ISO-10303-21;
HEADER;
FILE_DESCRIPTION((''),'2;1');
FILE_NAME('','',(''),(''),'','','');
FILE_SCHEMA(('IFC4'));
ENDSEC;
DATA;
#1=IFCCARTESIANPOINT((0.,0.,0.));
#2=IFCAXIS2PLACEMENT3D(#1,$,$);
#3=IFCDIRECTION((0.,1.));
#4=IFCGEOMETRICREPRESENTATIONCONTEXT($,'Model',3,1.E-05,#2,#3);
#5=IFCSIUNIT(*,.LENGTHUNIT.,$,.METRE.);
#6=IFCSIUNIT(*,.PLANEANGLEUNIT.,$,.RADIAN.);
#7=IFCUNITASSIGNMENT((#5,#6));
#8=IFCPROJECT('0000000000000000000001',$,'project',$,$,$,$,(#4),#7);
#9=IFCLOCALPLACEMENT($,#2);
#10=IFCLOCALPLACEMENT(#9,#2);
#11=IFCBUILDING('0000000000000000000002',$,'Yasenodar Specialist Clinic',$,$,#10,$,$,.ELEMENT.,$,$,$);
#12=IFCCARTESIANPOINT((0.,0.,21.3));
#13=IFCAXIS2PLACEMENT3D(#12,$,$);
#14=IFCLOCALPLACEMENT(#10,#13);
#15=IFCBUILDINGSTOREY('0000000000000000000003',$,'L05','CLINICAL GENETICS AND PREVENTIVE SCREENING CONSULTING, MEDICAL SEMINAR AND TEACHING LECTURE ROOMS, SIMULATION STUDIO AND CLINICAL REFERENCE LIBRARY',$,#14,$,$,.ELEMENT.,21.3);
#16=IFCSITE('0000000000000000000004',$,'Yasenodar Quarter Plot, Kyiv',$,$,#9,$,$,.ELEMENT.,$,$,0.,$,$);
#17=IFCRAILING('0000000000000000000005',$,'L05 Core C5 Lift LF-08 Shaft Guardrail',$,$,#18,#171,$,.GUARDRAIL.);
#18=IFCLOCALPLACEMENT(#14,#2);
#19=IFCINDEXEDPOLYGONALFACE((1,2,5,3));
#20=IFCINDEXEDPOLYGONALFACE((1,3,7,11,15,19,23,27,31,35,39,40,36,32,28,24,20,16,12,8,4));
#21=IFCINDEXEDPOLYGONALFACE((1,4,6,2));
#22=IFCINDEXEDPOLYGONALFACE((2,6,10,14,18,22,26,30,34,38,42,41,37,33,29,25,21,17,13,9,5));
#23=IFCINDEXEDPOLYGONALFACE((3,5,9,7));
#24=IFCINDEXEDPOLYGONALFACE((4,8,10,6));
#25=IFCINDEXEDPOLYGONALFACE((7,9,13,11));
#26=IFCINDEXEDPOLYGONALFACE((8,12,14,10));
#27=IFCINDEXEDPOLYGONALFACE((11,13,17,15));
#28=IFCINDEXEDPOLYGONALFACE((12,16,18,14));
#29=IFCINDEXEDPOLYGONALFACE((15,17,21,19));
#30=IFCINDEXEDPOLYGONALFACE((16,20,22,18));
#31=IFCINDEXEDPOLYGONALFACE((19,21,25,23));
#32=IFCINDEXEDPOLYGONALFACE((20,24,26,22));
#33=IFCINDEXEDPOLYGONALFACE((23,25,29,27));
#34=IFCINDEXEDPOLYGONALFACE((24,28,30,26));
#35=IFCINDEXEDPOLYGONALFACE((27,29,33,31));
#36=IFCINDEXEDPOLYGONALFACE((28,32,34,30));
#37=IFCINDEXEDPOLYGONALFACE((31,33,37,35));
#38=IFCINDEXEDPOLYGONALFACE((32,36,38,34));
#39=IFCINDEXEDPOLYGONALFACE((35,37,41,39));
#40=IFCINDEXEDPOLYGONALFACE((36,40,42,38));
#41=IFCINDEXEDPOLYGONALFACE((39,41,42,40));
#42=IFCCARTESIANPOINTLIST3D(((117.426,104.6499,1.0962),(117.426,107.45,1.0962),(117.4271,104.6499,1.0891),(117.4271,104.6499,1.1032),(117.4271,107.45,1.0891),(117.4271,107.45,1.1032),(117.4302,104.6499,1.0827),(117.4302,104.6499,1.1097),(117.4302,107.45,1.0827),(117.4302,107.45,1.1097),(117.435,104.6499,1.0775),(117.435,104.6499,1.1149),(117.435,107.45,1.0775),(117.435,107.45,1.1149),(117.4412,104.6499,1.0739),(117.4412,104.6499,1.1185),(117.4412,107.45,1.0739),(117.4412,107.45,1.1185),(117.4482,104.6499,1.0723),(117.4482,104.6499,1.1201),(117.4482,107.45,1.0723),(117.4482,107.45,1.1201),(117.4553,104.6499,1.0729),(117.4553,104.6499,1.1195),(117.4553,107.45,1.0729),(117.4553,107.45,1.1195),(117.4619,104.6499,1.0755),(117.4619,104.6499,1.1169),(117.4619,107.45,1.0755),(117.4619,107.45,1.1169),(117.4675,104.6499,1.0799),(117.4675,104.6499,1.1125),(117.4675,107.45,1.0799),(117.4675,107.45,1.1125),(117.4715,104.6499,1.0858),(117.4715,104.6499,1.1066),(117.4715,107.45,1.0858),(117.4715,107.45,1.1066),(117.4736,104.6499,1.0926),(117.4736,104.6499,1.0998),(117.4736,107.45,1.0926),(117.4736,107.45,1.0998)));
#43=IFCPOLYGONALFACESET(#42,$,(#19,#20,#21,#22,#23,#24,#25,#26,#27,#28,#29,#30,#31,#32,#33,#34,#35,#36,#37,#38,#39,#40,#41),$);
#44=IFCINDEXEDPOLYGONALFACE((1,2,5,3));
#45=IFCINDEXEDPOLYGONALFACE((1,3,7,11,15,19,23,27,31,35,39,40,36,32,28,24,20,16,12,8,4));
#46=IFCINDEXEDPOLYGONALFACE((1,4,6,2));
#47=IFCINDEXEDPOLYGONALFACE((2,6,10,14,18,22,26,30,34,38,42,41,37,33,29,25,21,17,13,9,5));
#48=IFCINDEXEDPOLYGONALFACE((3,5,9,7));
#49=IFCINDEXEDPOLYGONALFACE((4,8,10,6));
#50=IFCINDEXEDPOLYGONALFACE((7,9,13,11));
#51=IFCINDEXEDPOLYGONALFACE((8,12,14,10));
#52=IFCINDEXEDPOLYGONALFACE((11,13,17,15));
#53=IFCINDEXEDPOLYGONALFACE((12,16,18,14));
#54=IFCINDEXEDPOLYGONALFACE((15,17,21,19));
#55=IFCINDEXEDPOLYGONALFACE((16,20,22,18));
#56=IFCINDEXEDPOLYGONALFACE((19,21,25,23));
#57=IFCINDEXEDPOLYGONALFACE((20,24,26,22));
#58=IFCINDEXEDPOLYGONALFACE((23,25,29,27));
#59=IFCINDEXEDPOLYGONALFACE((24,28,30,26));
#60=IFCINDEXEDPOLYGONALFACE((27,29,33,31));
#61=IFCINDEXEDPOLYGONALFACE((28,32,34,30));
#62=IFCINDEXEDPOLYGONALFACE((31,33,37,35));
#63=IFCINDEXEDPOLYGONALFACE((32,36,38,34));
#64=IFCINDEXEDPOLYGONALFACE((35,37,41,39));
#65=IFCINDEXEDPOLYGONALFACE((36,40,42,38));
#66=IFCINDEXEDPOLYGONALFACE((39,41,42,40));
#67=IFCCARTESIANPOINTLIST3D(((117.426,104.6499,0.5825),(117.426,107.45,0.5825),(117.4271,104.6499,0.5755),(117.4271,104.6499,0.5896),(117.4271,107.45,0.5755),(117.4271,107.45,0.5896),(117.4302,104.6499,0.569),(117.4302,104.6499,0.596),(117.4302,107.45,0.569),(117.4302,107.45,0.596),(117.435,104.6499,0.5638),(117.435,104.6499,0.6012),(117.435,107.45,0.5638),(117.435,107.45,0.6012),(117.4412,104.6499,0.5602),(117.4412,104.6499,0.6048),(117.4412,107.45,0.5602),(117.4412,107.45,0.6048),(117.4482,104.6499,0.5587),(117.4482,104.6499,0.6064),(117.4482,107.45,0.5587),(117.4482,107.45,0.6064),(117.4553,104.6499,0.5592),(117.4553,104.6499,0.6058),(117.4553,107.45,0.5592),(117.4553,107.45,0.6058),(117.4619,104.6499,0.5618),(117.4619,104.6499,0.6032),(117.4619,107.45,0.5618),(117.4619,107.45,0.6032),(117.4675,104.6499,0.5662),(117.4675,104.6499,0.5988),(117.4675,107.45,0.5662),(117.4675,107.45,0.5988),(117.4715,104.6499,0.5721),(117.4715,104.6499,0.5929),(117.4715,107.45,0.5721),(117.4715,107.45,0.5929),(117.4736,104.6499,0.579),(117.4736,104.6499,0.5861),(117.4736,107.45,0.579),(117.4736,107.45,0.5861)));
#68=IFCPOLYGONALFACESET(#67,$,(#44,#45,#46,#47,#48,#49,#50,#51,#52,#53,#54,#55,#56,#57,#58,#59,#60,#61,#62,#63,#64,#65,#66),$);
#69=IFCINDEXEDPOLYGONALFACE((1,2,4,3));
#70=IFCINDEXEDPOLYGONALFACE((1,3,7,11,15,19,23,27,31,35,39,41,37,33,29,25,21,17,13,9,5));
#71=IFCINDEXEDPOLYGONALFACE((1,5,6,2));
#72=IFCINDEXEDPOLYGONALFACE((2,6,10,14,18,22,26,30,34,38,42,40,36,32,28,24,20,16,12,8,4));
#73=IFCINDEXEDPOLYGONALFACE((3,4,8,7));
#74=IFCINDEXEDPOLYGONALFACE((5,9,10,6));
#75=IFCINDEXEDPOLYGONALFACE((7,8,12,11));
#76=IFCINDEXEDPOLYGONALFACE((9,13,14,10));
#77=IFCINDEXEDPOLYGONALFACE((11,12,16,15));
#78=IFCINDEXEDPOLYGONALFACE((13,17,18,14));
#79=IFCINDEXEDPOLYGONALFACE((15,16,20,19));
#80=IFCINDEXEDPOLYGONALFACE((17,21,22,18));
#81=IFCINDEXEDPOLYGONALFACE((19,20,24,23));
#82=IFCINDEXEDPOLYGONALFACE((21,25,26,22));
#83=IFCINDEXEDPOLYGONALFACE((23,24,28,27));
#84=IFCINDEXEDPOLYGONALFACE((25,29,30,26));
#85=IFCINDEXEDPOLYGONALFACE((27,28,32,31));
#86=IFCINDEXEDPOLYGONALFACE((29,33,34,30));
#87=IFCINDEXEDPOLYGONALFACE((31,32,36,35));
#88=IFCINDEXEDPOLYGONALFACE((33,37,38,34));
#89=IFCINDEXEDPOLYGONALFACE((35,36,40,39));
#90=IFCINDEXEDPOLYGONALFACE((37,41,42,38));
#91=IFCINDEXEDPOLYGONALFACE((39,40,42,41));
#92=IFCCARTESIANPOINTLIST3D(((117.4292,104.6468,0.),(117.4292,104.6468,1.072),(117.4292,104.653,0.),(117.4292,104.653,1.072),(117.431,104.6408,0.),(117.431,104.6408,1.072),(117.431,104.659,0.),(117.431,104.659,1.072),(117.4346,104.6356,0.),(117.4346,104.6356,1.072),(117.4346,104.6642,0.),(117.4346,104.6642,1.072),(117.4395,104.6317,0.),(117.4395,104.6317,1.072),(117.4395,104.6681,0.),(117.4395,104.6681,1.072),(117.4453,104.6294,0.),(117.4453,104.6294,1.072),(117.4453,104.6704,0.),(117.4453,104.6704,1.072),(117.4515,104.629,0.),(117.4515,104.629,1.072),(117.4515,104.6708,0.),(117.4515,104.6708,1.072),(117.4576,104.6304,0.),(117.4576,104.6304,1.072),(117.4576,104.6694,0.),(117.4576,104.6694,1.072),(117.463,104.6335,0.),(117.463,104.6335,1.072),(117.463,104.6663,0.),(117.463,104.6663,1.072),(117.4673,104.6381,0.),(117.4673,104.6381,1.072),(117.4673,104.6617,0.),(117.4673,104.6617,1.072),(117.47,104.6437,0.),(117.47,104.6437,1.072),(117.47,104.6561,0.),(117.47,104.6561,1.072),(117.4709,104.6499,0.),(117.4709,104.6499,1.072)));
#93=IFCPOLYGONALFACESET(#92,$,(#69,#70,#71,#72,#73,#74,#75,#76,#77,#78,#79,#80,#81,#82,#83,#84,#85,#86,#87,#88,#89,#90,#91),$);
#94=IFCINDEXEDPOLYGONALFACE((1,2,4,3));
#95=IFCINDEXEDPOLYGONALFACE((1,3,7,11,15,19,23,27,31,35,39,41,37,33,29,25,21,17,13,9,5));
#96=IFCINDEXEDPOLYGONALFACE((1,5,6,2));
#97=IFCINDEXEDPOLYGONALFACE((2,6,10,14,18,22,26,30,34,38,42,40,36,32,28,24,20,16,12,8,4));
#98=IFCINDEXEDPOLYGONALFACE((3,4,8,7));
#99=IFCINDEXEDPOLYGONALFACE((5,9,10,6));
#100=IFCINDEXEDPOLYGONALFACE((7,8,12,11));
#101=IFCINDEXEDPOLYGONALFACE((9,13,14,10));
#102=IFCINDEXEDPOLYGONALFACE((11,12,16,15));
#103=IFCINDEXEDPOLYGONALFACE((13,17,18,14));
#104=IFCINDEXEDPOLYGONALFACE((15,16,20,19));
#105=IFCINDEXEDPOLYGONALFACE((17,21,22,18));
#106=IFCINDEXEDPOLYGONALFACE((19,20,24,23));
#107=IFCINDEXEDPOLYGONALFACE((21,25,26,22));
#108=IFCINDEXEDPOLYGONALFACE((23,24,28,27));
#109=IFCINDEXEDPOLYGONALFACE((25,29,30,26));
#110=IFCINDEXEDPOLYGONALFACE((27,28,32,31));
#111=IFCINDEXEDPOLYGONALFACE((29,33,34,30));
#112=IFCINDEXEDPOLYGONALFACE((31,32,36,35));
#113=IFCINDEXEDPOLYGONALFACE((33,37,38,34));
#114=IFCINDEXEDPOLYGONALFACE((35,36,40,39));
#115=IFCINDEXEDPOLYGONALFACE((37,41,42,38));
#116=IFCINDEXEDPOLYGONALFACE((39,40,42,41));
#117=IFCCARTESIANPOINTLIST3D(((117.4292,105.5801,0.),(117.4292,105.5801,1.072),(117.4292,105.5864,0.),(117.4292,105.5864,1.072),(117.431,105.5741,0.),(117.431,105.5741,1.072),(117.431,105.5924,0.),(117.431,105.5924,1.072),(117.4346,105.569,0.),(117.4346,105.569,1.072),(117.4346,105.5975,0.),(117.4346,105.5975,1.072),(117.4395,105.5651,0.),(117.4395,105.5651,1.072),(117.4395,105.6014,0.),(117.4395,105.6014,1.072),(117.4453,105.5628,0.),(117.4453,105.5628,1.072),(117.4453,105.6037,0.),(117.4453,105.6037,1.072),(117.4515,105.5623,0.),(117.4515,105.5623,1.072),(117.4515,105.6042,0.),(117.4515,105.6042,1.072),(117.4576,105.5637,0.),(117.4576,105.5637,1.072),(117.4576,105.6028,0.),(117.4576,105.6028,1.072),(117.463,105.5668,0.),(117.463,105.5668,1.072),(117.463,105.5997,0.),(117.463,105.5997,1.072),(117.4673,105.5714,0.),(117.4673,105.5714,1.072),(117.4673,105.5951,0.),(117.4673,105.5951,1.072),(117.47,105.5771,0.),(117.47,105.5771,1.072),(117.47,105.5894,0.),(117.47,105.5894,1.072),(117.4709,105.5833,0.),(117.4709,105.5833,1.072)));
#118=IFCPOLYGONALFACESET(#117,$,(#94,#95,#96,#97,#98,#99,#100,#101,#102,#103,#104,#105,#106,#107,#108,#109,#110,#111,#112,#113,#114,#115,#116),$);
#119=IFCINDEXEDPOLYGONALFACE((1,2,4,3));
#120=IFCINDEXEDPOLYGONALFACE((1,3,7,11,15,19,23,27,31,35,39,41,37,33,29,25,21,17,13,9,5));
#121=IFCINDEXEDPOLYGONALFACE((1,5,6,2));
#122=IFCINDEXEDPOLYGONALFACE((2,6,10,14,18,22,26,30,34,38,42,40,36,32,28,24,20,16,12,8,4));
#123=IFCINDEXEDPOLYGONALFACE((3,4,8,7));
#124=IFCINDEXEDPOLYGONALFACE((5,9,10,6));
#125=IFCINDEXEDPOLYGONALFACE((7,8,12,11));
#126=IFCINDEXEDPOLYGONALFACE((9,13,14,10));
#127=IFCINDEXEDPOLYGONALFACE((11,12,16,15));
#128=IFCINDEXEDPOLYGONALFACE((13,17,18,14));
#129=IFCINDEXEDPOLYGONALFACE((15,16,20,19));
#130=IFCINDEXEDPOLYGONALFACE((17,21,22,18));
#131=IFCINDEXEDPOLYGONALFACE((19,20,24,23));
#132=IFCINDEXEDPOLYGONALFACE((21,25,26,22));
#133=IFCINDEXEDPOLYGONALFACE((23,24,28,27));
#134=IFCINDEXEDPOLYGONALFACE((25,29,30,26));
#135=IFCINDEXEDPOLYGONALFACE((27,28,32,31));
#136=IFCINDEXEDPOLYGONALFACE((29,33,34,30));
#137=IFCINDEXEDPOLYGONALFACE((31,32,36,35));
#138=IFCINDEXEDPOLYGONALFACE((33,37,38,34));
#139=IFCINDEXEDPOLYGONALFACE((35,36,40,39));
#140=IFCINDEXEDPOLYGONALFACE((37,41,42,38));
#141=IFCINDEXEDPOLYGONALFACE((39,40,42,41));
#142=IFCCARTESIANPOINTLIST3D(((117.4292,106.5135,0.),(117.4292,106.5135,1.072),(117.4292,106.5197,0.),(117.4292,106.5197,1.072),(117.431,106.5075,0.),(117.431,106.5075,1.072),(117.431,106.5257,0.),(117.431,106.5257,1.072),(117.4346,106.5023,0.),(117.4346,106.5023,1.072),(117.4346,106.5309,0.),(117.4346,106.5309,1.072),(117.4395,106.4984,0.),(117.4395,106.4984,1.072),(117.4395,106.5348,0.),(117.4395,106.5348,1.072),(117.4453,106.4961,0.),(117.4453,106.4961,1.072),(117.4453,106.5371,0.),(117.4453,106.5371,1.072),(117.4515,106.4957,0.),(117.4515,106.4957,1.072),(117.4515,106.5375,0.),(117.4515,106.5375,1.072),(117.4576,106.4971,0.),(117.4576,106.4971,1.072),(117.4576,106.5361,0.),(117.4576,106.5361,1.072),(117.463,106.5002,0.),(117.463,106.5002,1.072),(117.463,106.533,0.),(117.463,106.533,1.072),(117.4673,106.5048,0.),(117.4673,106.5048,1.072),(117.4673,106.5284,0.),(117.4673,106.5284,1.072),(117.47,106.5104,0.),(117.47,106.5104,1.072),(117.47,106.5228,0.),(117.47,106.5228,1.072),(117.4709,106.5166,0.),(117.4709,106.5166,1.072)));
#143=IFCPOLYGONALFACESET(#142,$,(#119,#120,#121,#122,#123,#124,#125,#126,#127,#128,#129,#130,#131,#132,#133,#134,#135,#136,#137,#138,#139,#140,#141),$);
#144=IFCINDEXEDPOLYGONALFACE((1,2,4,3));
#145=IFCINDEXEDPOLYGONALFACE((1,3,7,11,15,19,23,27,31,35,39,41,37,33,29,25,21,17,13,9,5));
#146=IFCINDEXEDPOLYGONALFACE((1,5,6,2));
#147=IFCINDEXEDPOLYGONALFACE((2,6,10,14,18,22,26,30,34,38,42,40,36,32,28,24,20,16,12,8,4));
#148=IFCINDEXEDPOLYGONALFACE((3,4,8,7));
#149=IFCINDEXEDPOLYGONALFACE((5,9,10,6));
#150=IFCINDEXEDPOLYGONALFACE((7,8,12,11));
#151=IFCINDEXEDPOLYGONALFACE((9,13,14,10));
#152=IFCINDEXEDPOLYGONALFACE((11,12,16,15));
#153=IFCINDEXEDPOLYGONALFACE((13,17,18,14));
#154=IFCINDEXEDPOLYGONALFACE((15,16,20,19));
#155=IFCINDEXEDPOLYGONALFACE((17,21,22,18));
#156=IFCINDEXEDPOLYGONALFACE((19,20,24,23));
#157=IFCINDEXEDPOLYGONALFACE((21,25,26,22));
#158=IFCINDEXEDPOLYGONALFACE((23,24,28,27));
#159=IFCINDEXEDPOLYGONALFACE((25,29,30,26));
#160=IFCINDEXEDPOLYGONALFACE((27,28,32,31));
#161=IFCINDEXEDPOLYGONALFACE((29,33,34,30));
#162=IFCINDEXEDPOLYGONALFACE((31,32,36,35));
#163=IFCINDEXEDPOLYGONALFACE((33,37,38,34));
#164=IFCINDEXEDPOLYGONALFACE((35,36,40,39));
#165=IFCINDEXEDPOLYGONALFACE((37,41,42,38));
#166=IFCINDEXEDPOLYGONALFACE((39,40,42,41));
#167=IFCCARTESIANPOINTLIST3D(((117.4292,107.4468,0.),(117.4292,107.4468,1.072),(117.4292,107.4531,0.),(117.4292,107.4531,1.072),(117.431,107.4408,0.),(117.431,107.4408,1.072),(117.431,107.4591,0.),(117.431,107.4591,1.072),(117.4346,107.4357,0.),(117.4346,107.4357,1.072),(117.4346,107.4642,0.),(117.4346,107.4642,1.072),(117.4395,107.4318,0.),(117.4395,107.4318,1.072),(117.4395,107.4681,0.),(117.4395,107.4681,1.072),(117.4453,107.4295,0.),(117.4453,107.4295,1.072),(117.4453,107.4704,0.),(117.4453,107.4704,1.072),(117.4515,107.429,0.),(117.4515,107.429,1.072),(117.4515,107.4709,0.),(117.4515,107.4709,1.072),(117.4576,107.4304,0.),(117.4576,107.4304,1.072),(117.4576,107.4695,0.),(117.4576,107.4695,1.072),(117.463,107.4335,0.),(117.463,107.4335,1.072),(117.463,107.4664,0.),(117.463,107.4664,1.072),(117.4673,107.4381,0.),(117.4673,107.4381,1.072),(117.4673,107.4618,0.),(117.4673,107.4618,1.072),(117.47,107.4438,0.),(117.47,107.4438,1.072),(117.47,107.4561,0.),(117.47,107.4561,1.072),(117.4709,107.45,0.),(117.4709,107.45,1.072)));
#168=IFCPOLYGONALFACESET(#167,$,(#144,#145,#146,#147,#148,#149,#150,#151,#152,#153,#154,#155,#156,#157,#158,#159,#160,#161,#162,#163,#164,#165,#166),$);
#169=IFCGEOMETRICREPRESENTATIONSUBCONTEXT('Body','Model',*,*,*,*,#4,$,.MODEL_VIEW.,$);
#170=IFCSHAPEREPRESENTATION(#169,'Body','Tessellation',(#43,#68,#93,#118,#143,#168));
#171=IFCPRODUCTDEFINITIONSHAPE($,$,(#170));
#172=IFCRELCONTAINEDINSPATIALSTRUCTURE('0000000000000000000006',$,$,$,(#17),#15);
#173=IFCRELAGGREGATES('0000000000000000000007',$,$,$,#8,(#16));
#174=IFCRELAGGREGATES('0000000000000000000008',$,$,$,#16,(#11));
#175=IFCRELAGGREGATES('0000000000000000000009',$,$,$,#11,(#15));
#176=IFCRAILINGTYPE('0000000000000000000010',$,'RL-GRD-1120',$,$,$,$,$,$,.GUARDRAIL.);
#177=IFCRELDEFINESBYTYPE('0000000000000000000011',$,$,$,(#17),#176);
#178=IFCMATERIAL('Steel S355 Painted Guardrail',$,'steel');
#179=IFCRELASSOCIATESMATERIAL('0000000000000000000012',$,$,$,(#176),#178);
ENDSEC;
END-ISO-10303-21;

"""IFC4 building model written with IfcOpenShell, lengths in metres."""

from ifc_helpers import new_model, si_unit, direction, frame, origin, origin_2d, place, context, subcontext, project, spatial, circle, extrude, material, type_object, element, save


model = new_model("IFC4")

# Units and contexts
model_context = context("Model", 3, precision=1e-05, world=origin(), true_north=direction((0.0, 1.0)))
body_context = subcontext(model_context, "Body", "Model", "MODEL_VIEW")
ifc_project = project(units=[si_unit("LENGTHUNIT", "METRE"), si_unit("PLANEANGLEUNIT", "RADIAN")], contexts=[model_context])

# Site, building, storey
site_placement = place(None, origin())
site = spatial("IfcSite", under=ifc_project, at=site_placement, Name="Yasenodar Quarter Plot, Kyiv", CompositionType="ELEMENT", RefElevation=0.0)
building_placement = place(site_placement, origin())
building = spatial("IfcBuilding", under=site, at=building_placement, Name="Yasenodar Specialist Clinic", CompositionType="ELEMENT")
storey_placement = place(building_placement, frame((0.0, 0.0, 21.3)))
storey = spatial("IfcBuildingStorey", under=building, at=storey_placement, Name="L05", Description="CLINICAL GENETICS AND PREVENTIVE SCREENING CONSULTING, MEDICAL SEMINAR AND TEACHING LECTURE ROOMS, SIMULATION STUDIO AND CLINICAL REFERENCE LIBRARY", CompositionType="ELEMENT", Elevation=21.3)

# Railing
ifc_material_1 = material(Name="Steel S355 Painted Guardrail", Category="steel")
railing_type_1 = type_object("IfcRailingType", Name="RL-GRD-1120", PredefinedType="GUARDRAIL", material=ifc_material_1)
railing_1_placement = place(storey_placement, frame((117.45, 104.6499, 0.0)))
element("IfcRailing", 1, at=railing_1_placement, inside=storey, type_object=railing_type_1, Name="L05 Core C5 Lift LF-08 Shaft Guardrail", PredefinedType="GUARDRAIL", context=body_context, shape_type="SweptSolid", body=[
    extrude(circle(Radius=0.0239, at=origin_2d()), frame((0.0, 0.0, 1.0962), z_axis=(0.0, 1.0, 0.0), x_axis=(-1.0, 0.0, 0.0)), (0.0, 0.0, 1.0), 2.8),
    extrude(circle(Radius=0.0239, at=origin_2d()), frame((0.0, 0.0, 0.5825), z_axis=(0.0, 1.0, 0.0), x_axis=(-1.0, 0.0, 0.0)), (0.0, 0.0, 1.0), 2.8),
    extrude(circle(Radius=0.021, at=origin_2d()), origin(), (0.0, 0.0, 1.0), 1.072),
    extrude(circle(Radius=0.021, at=origin_2d()), frame((0.0, 0.9333, 0.0)), (0.0, 0.0, 1.0), 1.072),
    extrude(circle(Radius=0.021, at=origin_2d()), frame((0.0, 1.8667, 0.0)), (0.0, 0.0, 1.0), 1.072),
    extrude(circle(Radius=0.021, at=origin_2d()), frame((0.0, 2.8, 0.0)), (0.0, 0.0, 1.0), 1.072),
])

save(model, "model.ifc")
